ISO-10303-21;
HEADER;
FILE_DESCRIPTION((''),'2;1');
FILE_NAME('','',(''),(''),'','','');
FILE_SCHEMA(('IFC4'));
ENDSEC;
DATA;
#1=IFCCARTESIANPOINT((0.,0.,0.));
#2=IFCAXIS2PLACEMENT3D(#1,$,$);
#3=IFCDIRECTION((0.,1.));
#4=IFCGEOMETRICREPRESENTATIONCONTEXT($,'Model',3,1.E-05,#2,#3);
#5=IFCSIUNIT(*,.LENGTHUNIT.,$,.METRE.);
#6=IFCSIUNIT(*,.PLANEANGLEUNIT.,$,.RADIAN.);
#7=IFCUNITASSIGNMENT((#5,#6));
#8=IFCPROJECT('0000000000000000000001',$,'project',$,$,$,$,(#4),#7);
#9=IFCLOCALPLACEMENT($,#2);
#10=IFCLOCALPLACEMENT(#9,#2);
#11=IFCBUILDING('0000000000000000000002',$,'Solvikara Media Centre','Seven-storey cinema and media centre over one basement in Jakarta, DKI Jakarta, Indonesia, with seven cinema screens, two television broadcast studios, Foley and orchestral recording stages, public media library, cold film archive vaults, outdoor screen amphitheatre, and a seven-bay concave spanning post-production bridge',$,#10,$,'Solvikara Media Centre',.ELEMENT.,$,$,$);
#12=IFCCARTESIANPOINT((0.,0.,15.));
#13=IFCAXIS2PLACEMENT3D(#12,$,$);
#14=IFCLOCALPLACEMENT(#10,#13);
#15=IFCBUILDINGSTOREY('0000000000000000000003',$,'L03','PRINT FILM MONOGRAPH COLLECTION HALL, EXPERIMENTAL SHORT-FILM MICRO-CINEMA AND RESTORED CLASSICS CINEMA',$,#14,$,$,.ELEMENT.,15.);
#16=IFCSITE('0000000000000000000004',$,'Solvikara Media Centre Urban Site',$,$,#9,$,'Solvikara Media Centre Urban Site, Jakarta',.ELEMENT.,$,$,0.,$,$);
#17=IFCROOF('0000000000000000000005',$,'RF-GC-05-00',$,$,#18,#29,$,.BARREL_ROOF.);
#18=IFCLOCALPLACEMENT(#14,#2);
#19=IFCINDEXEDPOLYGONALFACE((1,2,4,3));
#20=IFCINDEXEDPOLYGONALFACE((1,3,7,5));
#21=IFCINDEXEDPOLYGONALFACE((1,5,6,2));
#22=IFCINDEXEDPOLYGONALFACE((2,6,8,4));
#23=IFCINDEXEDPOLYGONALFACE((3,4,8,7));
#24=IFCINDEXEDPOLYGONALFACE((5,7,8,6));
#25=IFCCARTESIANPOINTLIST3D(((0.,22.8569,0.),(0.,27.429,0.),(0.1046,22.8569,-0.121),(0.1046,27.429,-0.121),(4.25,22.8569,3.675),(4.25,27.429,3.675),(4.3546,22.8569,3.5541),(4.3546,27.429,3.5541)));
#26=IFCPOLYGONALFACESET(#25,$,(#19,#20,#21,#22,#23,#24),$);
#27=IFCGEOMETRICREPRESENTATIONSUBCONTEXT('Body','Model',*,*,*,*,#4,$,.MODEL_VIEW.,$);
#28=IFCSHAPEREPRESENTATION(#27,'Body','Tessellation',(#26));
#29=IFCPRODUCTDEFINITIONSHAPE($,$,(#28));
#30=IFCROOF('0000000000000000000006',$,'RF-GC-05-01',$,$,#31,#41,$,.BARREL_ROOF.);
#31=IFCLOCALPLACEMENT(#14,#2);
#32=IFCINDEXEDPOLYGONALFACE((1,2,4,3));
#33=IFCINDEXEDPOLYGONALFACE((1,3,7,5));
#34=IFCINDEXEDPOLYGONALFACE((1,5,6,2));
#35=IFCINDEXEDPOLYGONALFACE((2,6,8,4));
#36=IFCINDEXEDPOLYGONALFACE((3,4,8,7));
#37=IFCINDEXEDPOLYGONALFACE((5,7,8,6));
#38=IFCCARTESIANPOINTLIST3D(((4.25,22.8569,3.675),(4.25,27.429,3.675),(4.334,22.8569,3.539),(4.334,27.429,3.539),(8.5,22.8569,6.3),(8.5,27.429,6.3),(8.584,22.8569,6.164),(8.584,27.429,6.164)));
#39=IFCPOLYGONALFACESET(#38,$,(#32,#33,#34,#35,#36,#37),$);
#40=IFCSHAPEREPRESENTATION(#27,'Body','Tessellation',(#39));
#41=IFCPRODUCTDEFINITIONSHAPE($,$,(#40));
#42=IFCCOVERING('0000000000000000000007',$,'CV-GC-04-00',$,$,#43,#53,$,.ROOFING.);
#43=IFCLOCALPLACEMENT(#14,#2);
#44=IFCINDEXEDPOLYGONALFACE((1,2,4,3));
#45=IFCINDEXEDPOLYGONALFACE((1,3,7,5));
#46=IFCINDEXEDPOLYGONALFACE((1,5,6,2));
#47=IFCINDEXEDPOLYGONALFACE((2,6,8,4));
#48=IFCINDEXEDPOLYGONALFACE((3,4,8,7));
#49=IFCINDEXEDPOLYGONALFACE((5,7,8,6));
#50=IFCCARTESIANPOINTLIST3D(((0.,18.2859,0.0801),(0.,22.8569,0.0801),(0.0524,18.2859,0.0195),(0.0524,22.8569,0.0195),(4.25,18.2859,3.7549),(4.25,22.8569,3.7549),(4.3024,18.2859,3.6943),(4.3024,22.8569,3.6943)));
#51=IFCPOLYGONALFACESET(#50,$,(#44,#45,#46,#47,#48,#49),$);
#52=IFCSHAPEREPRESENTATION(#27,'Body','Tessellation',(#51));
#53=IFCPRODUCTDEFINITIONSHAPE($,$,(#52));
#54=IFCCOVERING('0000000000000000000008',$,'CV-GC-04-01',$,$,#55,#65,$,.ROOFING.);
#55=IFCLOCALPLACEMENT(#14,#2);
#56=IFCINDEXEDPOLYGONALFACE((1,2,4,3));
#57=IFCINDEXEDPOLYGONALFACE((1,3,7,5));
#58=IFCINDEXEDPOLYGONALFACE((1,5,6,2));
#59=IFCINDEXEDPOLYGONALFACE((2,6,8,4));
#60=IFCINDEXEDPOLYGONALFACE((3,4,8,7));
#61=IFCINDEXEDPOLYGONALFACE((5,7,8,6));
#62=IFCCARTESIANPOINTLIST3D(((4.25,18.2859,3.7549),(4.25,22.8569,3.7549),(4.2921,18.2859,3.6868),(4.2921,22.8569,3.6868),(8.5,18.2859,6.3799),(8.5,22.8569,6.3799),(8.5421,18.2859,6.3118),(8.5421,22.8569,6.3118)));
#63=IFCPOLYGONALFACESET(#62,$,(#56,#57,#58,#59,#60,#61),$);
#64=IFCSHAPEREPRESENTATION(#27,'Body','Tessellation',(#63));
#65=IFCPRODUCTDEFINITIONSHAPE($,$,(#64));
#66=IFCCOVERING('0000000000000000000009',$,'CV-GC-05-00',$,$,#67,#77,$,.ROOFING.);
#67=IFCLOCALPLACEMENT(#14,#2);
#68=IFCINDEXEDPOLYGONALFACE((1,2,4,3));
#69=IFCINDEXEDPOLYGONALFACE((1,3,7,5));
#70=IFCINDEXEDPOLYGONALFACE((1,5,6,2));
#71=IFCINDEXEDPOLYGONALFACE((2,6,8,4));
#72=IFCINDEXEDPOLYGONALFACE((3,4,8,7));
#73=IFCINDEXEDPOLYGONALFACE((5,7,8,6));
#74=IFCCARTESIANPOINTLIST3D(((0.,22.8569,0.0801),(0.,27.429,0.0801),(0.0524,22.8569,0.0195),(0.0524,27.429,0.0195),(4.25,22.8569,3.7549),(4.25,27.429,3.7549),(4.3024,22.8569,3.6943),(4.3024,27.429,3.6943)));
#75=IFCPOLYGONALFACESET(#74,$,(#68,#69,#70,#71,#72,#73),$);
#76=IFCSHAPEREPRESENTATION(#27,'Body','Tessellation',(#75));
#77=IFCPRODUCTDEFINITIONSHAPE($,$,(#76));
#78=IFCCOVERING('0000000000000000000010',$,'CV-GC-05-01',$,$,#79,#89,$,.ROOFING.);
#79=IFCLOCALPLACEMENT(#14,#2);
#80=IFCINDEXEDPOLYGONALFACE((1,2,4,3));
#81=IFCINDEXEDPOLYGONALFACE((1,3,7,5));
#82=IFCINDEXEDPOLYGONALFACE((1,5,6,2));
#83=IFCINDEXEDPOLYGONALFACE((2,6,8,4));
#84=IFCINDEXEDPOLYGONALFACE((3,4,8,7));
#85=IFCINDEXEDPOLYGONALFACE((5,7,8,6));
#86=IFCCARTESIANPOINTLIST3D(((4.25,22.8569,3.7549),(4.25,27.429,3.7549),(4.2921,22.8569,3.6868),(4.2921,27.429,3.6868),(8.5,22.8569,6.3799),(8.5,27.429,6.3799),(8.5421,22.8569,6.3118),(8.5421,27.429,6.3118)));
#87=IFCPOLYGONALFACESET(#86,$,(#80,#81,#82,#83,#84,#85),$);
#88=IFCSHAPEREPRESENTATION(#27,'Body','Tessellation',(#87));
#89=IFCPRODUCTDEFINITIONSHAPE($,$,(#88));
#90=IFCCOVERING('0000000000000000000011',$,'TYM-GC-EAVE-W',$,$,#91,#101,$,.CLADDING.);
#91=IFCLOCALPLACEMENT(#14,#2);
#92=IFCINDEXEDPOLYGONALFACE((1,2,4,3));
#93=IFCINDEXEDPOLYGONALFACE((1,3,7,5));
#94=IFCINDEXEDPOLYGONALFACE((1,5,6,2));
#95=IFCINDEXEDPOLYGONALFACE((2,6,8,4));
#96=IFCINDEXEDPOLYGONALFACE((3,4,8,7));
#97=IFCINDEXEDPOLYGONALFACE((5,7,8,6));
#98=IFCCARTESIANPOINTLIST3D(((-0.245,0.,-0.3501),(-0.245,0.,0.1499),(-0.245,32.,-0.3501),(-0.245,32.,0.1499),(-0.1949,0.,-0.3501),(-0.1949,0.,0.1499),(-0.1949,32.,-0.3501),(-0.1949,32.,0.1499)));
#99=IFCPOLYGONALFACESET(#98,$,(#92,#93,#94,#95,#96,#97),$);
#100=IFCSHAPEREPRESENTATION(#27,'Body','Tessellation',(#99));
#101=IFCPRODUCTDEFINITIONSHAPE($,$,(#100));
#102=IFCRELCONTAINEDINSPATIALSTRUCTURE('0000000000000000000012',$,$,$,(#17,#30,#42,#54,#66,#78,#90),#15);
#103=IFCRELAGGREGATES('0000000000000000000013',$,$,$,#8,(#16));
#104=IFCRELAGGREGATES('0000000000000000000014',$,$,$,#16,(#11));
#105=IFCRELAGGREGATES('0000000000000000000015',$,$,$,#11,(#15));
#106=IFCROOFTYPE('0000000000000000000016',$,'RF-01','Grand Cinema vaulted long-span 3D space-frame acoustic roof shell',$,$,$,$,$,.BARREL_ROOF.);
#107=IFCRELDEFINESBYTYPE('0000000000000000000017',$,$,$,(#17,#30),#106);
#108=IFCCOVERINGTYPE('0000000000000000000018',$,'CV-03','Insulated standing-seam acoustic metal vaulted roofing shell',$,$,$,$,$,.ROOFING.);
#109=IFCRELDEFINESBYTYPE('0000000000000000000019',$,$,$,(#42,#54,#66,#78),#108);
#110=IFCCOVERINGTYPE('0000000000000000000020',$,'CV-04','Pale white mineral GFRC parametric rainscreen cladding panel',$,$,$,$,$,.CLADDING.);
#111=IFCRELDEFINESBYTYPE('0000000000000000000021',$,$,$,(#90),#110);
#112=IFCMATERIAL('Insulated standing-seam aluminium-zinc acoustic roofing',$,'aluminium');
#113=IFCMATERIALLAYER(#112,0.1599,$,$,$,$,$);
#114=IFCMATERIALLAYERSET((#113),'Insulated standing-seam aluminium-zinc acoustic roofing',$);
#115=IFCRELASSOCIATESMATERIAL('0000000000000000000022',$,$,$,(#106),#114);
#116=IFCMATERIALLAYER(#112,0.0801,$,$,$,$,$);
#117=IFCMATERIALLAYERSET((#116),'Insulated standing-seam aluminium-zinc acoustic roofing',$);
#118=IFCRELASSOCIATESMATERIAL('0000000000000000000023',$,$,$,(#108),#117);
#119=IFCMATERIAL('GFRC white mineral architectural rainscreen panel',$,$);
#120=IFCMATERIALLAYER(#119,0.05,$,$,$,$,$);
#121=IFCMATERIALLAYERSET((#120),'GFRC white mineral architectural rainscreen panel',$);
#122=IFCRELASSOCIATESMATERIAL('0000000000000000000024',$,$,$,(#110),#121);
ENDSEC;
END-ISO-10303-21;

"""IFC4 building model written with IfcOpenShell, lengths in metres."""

from ifc_helpers import new_model, si_unit, direction, frame, origin, origin_2d, place, context, subcontext, project, spatial, polyline, rectangle, outline, extrude, material, layer, layer_set, type_object, element, save


model = new_model("IFC4")

# Units and contexts
model_context = context("Model", 3, precision=1e-05, world=origin(), true_north=direction((0.0, 1.0)))
body_context = subcontext(model_context, "Body", "Model", "MODEL_VIEW")
ifc_project = project(units=[si_unit("LENGTHUNIT", "METRE"), si_unit("PLANEANGLEUNIT", "RADIAN")], contexts=[model_context])

# Site, building, storey
site_placement = place(None, origin())
site = spatial("IfcSite", under=ifc_project, at=site_placement, Name="Solvikara Media Centre Urban Site", LongName="Solvikara Media Centre Urban Site, Jakarta", CompositionType="ELEMENT", RefElevation=0.0)
building_placement = place(site_placement, origin())
building = spatial("IfcBuilding", under=site, at=building_placement, Name="Solvikara Media Centre", Description="Seven-storey cinema and media centre over one basement in Jakarta, DKI Jakarta, Indonesia, with seven cinema screens, two television broadcast studios, Foley and orchestral recording stages, public media library, cold film archive vaults, outdoor screen amphitheatre, and a seven-bay concave spanning post-production bridge", LongName="Solvikara Media Centre", CompositionType="ELEMENT")
storey_placement = place(building_placement, frame((0.0, 0.0, 15.0)))
storey = spatial("IfcBuildingStorey", under=building, at=storey_placement, Name="L03", Description="PRINT FILM MONOGRAPH COLLECTION HALL, EXPERIMENTAL SHORT-FILM MICRO-CINEMA AND RESTORED CLASSICS CINEMA", CompositionType="ELEMENT", Elevation=15.0)

# Roofs
ifc_material_1 = material(Name="Insulated standing-seam aluminium-zinc acoustic roofing", Category="aluminium")
ifc_layer_1 = layer(ifc_material_1, 0.1599)
ifc_layer_set_1 = layer_set([ifc_layer_1], Name="Insulated standing-seam aluminium-zinc acoustic roofing")
roof_type = type_object("IfcRoofType", Name="RF-01", Description="Grand Cinema vaulted long-span 3D space-frame acoustic roof shell", PredefinedType="BARREL_ROOF", material=ifc_layer_set_1)
roof_1_placement = place(storey_placement, frame((0.0, 22.8569, 0.0), z_axis=(-0.654088, 0.0, 0.756418), x_axis=(0.756418, 0.0, 0.654088)))
element("IfcRoof", 1, at=roof_1_placement, inside=storey, type_object=roof_type, Name="RF-GC-05-00", PredefinedType="BARREL_ROOF", context=body_context, shape_type="SweptSolid", body=[
    extrude(outline(polyline([(0.0, 0.0), (5.6186, 0.0), (5.6186, 4.572), (0.0, 4.572), (0.0, 0.0)])), origin(), (0.0, 0.0, -1.0), 0.1599),
])
roof_2_placement = place(storey_placement, frame((4.25, 22.8569, 3.675), z_axis=(-0.525493, 0.0, 0.850798), x_axis=(0.850798, 0.0, 0.525493)))
element("IfcRoof", 2, at=roof_2_placement, inside=storey, type_object=roof_type, Name="RF-GC-05-01", PredefinedType="BARREL_ROOF", context=body_context, shape_type="SweptSolid", body=[
    extrude(outline(polyline([(0.0, 0.0), (4.9953, 0.0), (4.9953, 4.572), (0.0, 4.572), (0.0, 0.0)])), origin(), (0.0, 0.0, -1.0), 0.1599),
])

# Coverings
ifc_layer_2 = layer(ifc_material_1, 0.0801)
ifc_layer_set_2 = layer_set([ifc_layer_2], Name="Insulated standing-seam aluminium-zinc acoustic roofing")
covering_type_1 = type_object("IfcCoveringType", Name="CV-03", Description="Insulated standing-seam acoustic metal vaulted roofing shell", PredefinedType="ROOFING", material=ifc_layer_set_2)
covering_1_placement = place(storey_placement, frame((0.0, 18.2859, 0.0801), z_axis=(-0.654063, 0.0, 0.75644), x_axis=(0.75644, 0.0, 0.654063)))
element("IfcCovering", 3, at=covering_1_placement, inside=storey, type_object=covering_type_1, Name="CV-GC-04-00", PredefinedType="ROOFING", context=body_context, shape_type="SweptSolid", body=[
    extrude(outline(polyline([(0.0, 0.0), (5.6184, 0.0), (5.6184, 4.571), (0.0, 4.571), (0.0, 0.0)])), origin(), (0.0, 0.0, -1.0), 0.0801),
])
covering_2_placement = place(storey_placement, frame((4.25, 18.2859, 3.7549), z_axis=(-0.525493, 0.0, 0.850798), x_axis=(0.850798, 0.0, 0.525493)))
element("IfcCovering", 4, at=covering_2_placement, inside=storey, type_object=covering_type_1, Name="CV-GC-04-01", PredefinedType="ROOFING", context=body_context, shape_type="SweptSolid", body=[
    extrude(outline(polyline([(0.0, 0.0), (4.9953, 0.0), (4.9953, 4.571), (0.0, 4.571), (0.0, 0.0)])), origin(), (0.0, 0.0, -1.0), 0.0801),
])
covering_3_placement = place(storey_placement, frame((0.0, 22.8569, 0.0801), z_axis=(-0.654063, 0.0, 0.75644), x_axis=(0.75644, 0.0, 0.654063)))
element("IfcCovering", 5, at=covering_3_placement, inside=storey, type_object=covering_type_1, Name="CV-GC-05-00", PredefinedType="ROOFING", context=body_context, shape_type="SweptSolid", body=[
    extrude(outline(polyline([(0.0, 0.0), (5.6184, 0.0), (5.6184, 4.572), (0.0, 4.572), (0.0, 0.0)])), origin(), (0.0, 0.0, -1.0), 0.0801),
])
covering_4_placement = place(storey_placement, frame((4.25, 22.8569, 3.7549), z_axis=(-0.525493, 0.0, 0.850798), x_axis=(0.850798, 0.0, 0.525493)))
element("IfcCovering", 6, at=covering_4_placement, inside=storey, type_object=covering_type_1, Name="CV-GC-05-01", PredefinedType="ROOFING", context=body_context, shape_type="SweptSolid", body=[
    extrude(outline(polyline([(0.0, 0.0), (4.9953, 0.0), (4.9953, 4.572), (0.0, 4.572), (0.0, 0.0)])), origin(), (0.0, 0.0, -1.0), 0.0801),
])
ifc_material_2 = material(Name="GFRC white mineral architectural rainscreen panel")
ifc_layer_3 = layer(ifc_material_2, 0.05)
ifc_layer_set_3 = layer_set([ifc_layer_3], Name="GFRC white mineral architectural rainscreen panel")
covering_type_2 = type_object("IfcCoveringType", Name="CV-04", Description="Pale white mineral GFRC parametric rainscreen cladding panel", PredefinedType="CLADDING", material=ifc_layer_set_3)
covering_5_placement = place(storey_placement, frame((-0.22, 16.0, -0.3501), z_axis=(0.0, 0.0, 1.0), x_axis=(0.0, 1.0, 0.0)))
element("IfcCovering", 7, at=covering_5_placement, inside=storey, type_object=covering_type_2, Name="TYM-GC-EAVE-W", PredefinedType="CLADDING", context=body_context, shape_type="SweptSolid", body=[
    extrude(rectangle(XDim=32.0, YDim=0.05, at=origin_2d()), origin(), (0.0, 0.0, 1.0), 0.5),
])

save(model, "model.ifc")
